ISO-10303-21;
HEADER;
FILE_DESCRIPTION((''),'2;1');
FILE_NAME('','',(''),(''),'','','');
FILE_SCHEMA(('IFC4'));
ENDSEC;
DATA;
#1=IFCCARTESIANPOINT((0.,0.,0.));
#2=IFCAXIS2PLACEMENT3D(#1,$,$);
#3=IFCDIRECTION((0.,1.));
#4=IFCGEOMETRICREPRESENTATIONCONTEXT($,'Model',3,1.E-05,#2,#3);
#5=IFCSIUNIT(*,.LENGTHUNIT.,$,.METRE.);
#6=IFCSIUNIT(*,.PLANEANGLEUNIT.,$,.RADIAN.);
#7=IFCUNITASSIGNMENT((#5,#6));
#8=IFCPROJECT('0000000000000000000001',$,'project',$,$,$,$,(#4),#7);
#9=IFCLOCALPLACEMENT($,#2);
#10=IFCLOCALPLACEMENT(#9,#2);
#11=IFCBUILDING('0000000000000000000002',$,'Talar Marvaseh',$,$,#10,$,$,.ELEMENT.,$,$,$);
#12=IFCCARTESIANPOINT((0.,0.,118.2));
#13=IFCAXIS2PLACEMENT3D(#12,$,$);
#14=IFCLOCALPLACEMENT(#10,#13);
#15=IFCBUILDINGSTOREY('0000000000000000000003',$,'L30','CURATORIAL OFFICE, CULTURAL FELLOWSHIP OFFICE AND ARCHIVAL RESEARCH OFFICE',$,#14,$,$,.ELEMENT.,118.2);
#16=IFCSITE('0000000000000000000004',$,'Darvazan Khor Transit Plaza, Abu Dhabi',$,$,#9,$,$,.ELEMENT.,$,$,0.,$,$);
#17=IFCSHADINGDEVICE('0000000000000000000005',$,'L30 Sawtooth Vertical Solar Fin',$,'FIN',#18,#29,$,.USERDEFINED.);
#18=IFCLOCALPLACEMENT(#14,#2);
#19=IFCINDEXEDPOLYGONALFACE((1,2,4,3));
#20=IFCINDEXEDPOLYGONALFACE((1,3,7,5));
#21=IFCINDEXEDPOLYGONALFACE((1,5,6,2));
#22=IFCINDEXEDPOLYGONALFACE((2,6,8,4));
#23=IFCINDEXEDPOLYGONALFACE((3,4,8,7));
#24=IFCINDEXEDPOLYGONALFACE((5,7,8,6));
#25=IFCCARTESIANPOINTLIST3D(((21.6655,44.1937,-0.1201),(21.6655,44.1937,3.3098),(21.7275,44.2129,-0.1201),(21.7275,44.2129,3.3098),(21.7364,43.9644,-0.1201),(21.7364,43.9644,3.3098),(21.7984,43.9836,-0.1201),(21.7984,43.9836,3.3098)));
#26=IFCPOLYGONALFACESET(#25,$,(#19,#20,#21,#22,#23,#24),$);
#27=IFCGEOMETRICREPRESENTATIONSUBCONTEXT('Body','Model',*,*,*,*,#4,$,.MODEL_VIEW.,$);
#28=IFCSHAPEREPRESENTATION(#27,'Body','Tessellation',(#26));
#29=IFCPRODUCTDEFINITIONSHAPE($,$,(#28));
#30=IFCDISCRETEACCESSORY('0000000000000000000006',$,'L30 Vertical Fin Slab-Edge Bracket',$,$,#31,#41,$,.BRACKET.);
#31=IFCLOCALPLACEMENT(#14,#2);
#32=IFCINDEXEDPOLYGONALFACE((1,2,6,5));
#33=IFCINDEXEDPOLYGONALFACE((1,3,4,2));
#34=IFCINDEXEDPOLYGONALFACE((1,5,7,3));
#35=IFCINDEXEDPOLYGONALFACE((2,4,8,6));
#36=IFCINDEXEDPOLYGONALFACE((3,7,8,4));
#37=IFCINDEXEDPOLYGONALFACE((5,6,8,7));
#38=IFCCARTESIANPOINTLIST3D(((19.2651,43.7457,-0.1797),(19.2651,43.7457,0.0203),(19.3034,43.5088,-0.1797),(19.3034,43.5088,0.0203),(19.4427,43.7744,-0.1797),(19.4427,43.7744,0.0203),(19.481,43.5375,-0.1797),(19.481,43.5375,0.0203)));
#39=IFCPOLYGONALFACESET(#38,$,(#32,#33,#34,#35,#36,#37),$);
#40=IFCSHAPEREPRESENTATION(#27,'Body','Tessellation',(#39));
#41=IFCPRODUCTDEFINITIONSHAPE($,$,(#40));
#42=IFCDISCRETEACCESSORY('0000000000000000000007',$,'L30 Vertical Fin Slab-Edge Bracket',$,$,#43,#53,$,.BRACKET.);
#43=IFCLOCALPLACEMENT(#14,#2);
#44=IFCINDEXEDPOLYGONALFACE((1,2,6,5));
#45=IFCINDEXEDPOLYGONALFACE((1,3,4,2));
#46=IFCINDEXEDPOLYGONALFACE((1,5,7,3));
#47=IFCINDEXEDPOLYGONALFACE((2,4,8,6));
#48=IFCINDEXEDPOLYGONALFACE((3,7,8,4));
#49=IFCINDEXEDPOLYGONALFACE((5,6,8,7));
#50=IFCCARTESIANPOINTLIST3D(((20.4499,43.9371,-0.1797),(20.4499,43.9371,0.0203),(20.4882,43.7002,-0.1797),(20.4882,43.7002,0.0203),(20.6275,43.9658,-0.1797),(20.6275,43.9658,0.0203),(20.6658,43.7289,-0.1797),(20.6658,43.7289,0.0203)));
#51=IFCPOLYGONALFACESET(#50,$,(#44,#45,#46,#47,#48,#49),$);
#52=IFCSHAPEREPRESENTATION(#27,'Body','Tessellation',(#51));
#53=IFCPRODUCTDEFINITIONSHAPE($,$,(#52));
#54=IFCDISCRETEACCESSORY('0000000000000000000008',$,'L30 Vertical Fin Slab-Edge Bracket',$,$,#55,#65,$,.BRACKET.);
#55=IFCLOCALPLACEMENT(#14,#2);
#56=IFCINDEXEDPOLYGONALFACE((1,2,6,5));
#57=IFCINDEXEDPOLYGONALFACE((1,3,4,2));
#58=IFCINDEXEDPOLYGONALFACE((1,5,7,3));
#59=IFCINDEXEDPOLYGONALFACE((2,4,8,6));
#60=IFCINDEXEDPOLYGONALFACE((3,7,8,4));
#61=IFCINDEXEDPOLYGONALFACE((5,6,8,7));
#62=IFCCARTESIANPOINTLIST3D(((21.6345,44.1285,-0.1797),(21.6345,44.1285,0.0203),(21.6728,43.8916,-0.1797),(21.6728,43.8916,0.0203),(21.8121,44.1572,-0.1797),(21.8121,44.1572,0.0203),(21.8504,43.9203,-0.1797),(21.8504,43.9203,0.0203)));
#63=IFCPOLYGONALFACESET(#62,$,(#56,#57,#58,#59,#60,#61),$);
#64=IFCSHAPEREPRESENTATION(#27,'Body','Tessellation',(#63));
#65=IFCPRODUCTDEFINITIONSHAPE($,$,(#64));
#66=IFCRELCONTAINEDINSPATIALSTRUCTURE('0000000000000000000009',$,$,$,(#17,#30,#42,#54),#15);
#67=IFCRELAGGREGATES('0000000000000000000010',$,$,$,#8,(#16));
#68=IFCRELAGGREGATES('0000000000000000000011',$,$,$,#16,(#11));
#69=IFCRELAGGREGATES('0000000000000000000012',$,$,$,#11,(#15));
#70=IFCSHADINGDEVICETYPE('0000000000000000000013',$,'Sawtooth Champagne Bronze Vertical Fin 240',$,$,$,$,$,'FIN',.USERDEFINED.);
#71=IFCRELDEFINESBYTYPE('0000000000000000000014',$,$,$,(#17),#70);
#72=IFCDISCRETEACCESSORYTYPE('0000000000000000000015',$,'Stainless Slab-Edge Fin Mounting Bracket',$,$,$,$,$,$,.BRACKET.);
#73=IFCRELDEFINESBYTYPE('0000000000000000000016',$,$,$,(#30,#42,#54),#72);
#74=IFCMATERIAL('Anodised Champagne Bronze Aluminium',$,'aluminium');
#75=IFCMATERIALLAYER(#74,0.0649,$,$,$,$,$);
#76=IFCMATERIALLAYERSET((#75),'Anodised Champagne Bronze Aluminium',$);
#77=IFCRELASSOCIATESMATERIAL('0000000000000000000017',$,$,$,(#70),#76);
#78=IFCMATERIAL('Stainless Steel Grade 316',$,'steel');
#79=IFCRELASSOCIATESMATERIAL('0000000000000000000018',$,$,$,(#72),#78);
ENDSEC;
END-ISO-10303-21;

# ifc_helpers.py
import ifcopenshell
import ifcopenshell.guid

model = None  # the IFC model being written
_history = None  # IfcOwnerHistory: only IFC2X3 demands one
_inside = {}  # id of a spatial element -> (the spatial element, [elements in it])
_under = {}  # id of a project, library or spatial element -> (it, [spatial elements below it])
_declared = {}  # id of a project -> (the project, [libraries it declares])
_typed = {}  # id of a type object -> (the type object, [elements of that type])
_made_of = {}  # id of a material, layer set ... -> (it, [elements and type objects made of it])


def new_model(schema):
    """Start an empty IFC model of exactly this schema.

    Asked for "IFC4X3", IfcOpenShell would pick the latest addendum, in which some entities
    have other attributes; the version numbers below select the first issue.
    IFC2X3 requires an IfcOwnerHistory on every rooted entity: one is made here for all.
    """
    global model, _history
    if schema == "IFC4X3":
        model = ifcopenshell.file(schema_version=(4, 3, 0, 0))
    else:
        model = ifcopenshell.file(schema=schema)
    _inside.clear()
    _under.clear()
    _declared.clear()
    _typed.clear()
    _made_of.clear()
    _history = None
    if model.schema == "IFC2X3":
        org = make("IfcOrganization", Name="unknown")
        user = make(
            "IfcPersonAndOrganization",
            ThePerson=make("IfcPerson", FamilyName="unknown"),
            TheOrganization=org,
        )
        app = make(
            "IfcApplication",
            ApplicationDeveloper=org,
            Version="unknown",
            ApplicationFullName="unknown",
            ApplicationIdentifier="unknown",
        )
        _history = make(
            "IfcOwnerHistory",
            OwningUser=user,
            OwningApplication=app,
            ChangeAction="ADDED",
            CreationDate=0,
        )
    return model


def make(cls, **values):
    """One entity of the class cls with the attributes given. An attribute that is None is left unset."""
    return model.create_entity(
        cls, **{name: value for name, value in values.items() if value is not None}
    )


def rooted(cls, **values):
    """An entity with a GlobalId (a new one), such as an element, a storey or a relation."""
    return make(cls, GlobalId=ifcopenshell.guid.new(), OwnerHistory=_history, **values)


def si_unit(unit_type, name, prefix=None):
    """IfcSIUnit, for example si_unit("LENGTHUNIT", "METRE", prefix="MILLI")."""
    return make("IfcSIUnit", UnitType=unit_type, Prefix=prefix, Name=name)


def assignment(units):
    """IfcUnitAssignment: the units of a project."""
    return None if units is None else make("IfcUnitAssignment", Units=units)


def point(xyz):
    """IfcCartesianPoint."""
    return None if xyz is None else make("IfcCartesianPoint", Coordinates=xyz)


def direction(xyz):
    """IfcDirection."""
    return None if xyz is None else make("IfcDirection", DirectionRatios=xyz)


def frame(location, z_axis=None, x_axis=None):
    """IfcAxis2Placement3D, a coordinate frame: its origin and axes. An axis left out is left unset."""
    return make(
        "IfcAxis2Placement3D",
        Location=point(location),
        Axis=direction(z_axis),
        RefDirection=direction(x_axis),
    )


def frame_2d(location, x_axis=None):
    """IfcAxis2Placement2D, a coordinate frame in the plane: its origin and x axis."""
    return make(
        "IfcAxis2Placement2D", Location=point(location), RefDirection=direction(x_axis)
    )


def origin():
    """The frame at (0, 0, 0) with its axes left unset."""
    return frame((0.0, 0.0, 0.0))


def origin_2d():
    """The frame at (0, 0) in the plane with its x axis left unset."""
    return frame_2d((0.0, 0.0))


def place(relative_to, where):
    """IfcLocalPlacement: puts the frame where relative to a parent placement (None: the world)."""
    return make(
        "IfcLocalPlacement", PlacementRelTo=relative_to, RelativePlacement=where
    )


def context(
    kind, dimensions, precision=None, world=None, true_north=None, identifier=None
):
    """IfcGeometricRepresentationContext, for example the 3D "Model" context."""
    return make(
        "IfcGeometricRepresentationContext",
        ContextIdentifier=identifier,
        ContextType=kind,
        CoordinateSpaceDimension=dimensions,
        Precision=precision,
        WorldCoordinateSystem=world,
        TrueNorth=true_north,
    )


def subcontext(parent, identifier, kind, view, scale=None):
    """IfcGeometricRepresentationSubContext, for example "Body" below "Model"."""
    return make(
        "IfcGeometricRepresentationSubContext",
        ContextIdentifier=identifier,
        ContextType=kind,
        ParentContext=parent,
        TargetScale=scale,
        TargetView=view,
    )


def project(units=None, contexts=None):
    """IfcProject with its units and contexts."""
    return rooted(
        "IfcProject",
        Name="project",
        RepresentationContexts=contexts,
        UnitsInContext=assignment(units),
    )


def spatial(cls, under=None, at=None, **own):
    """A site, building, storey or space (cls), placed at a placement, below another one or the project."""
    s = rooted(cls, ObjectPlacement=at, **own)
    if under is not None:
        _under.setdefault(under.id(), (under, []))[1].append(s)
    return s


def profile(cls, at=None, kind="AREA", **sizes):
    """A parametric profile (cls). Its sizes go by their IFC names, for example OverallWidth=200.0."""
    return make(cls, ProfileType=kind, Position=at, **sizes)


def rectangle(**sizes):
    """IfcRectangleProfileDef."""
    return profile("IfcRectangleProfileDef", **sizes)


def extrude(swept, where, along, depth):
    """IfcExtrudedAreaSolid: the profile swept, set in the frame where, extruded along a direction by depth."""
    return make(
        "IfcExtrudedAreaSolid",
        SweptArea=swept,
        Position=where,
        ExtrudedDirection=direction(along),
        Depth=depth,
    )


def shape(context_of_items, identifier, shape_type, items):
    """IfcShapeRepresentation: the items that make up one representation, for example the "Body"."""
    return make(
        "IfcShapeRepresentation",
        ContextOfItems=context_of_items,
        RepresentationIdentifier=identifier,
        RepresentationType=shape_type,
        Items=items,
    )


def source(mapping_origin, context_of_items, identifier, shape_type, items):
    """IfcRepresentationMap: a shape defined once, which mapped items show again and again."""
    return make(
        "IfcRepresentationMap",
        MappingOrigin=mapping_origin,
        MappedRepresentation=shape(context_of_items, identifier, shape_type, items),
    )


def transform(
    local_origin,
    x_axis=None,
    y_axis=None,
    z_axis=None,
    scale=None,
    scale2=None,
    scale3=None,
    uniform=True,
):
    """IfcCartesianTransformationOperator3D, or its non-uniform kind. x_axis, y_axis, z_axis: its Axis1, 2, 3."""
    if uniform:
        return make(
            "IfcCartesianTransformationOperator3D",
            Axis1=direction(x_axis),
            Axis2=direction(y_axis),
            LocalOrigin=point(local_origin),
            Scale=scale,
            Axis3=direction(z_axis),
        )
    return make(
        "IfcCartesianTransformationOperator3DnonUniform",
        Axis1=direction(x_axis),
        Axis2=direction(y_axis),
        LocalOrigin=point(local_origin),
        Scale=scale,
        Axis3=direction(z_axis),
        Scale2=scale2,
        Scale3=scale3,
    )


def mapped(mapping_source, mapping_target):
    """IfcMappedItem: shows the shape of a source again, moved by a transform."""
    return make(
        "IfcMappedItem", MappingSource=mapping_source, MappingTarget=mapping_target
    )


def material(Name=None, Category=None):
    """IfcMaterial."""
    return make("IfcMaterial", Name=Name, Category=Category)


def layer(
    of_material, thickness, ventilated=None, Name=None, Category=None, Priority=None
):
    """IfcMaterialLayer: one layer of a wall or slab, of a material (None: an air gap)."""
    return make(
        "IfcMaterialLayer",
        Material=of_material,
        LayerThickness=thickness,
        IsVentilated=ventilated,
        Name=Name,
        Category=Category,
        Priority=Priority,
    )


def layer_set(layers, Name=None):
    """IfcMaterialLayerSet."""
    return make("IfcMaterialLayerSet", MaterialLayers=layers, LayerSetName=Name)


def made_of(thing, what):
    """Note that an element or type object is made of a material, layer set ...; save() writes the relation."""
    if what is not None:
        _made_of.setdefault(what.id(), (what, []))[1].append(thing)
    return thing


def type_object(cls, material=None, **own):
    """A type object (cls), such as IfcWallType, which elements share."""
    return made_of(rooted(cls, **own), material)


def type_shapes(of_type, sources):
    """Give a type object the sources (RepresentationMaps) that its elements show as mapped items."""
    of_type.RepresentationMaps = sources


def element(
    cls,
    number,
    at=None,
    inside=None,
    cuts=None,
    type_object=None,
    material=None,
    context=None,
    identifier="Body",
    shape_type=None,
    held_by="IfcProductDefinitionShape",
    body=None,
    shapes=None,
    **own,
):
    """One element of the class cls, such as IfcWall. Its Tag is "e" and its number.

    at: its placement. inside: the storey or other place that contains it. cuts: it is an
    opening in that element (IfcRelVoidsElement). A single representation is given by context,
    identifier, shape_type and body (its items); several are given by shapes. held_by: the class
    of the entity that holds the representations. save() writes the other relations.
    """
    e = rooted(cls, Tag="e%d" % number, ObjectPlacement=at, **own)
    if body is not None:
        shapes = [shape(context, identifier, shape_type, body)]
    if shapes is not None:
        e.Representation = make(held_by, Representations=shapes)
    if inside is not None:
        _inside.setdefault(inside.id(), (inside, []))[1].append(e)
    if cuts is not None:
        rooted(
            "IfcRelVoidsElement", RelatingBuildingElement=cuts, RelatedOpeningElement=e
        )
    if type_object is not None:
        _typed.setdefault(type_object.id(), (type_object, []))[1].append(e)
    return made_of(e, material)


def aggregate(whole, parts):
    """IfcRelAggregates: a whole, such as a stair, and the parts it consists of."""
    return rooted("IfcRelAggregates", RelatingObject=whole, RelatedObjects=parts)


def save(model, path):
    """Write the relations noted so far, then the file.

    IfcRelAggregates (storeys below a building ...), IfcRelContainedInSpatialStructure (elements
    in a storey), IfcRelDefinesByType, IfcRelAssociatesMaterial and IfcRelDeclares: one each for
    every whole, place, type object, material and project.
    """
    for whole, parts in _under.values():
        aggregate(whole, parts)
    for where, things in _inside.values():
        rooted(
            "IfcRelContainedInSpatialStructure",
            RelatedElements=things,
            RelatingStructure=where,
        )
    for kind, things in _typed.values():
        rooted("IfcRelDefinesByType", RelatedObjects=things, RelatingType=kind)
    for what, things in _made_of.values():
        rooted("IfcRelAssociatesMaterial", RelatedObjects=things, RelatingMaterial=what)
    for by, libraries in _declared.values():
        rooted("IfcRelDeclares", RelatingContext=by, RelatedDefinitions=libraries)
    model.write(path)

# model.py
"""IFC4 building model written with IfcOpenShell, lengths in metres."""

from ifc_helpers import new_model, si_unit, direction, frame, origin, origin_2d, place, context, subcontext, project, spatial, rectangle, extrude, source, transform, mapped, material, layer, layer_set, type_object, type_shapes, element, save


model = new_model("IFC4")

# Units and contexts
model_context = context("Model", 3, precision=1e-05, world=origin(), true_north=direction((0.0, 1.0)))
body_context = subcontext(model_context, "Body", "Model", "MODEL_VIEW")
ifc_project = project(units=[si_unit("LENGTHUNIT", "METRE"), si_unit("PLANEANGLEUNIT", "RADIAN")], contexts=[model_context])

# Site, building, storey
site_placement = place(None, origin())
site = spatial("IfcSite", under=ifc_project, at=site_placement, Name="Darvazan Khor Transit Plaza, Abu Dhabi", CompositionType="ELEMENT", RefElevation=0.0)
building_placement = place(site_placement, origin())
building = spatial("IfcBuilding", under=site, at=building_placement, Name="Talar Marvaseh", CompositionType="ELEMENT")
storey_placement = place(building_placement, frame((0.0, 0.0, 118.2)))
storey = spatial("IfcBuildingStorey", under=building, at=storey_placement, Name="L30", Description="CURATORIAL OFFICE, CULTURAL FELLOWSHIP OFFICE AND ARCHIVAL RESEARCH OFFICE", CompositionType="ELEMENT", Elevation=118.2)

# Shared definitions
ifc_material_1 = material(Name="Stainless Steel Grade 316", Category="steel")

# Shading device
ifc_material_2 = material(Name="Anodised Champagne Bronze Aluminium", Category="aluminium")
ifc_layer_1 = layer(ifc_material_2, 0.0649)
ifc_layer_set_1 = layer_set([ifc_layer_1], Name="Anodised Champagne Bronze Aluminium")
shading_device_type = type_object("IfcShadingDeviceType", Name="Sawtooth Champagne Bronze Vertical Fin 240", ElementType="FIN", PredefinedType="USERDEFINED", material=ifc_layer_set_1)
shared_shape_1 = source(origin(), body_context, "Body", "SweptSolid", [
    extrude(rectangle(XDim=0.24, YDim=0.0649, at=origin_2d()), origin(), (0.0, 0.0, 1.0), 3.4299),
])
type_shapes(shading_device_type, [shared_shape_1])
for number, where, z_axis, x_axis, name in (
    (1, (21.7319, 44.0886, -0.1201), (0.0, 0.0, 1.0), (-0.295375, 0.955382, 0.0), "L30 Sawtooth Vertical Solar Fin"),
):
    element("IfcShadingDevice", number, at=place(storey_placement, frame(where, z_axis=z_axis, x_axis=x_axis)), inside=storey, type_object=shading_device_type, Name=name, ObjectType="FIN", PredefinedType="USERDEFINED", context=body_context, shape_type="MappedRepresentation", body=[
        mapped(shared_shape_1, transform((0.0, 0.0, 0.0), x_axis=(1.0, 0.0, 0.0), y_axis=(0.0, 1.0, 0.0), z_axis=(0.0, 0.0, 1.0), scale=1.0)),
    ])

# Discrete accessories
discrete_accessory_type = type_object("IfcDiscreteAccessoryType", Name="Stainless Slab-Edge Fin Mounting Bracket", PredefinedType="BRACKET", material=ifc_material_1)
shared_shape_2 = source(origin(), body_context, "Body", "SweptSolid", [
    extrude(rectangle(XDim=0.24, YDim=0.1799, at=origin_2d()), origin(), (0.0, 0.0, 1.0), 0.2),
])
type_shapes(discrete_accessory_type, [shared_shape_2])
for number, where, z_axis, x_axis, name in (
    (2, (19.373, 43.6416, -0.1797), (0.0, 0.0, 1.0), (-0.159537, 0.987192, 0.0), "L30 Vertical Fin Slab-Edge Bracket"),
    (3, (20.5579, 43.833, -0.1797), (0.0, 0.0, 1.0), (-0.159537, 0.987192, 0.0), "L30 Vertical Fin Slab-Edge Bracket"),
    (4, (21.7424, 44.0244, -0.1797), (0.0, 0.0, 1.0), (-0.159537, 0.987192, 0.0), "L30 Vertical Fin Slab-Edge Bracket"),
):
    element("IfcDiscreteAccessory", number, at=place(storey_placement, frame(where, z_axis=z_axis, x_axis=x_axis)), inside=storey, type_object=discrete_accessory_type, Name=name, PredefinedType="BRACKET", context=body_context, shape_type="MappedRepresentation", body=[
        mapped(shared_shape_2, transform((0.0, 0.0, 0.0), x_axis=(1.0, 0.0, 0.0), y_axis=(0.0, 1.0, 0.0), z_axis=(0.0, 0.0, 1.0), scale=1.0)),
    ])

save(model, "model.ifc")
